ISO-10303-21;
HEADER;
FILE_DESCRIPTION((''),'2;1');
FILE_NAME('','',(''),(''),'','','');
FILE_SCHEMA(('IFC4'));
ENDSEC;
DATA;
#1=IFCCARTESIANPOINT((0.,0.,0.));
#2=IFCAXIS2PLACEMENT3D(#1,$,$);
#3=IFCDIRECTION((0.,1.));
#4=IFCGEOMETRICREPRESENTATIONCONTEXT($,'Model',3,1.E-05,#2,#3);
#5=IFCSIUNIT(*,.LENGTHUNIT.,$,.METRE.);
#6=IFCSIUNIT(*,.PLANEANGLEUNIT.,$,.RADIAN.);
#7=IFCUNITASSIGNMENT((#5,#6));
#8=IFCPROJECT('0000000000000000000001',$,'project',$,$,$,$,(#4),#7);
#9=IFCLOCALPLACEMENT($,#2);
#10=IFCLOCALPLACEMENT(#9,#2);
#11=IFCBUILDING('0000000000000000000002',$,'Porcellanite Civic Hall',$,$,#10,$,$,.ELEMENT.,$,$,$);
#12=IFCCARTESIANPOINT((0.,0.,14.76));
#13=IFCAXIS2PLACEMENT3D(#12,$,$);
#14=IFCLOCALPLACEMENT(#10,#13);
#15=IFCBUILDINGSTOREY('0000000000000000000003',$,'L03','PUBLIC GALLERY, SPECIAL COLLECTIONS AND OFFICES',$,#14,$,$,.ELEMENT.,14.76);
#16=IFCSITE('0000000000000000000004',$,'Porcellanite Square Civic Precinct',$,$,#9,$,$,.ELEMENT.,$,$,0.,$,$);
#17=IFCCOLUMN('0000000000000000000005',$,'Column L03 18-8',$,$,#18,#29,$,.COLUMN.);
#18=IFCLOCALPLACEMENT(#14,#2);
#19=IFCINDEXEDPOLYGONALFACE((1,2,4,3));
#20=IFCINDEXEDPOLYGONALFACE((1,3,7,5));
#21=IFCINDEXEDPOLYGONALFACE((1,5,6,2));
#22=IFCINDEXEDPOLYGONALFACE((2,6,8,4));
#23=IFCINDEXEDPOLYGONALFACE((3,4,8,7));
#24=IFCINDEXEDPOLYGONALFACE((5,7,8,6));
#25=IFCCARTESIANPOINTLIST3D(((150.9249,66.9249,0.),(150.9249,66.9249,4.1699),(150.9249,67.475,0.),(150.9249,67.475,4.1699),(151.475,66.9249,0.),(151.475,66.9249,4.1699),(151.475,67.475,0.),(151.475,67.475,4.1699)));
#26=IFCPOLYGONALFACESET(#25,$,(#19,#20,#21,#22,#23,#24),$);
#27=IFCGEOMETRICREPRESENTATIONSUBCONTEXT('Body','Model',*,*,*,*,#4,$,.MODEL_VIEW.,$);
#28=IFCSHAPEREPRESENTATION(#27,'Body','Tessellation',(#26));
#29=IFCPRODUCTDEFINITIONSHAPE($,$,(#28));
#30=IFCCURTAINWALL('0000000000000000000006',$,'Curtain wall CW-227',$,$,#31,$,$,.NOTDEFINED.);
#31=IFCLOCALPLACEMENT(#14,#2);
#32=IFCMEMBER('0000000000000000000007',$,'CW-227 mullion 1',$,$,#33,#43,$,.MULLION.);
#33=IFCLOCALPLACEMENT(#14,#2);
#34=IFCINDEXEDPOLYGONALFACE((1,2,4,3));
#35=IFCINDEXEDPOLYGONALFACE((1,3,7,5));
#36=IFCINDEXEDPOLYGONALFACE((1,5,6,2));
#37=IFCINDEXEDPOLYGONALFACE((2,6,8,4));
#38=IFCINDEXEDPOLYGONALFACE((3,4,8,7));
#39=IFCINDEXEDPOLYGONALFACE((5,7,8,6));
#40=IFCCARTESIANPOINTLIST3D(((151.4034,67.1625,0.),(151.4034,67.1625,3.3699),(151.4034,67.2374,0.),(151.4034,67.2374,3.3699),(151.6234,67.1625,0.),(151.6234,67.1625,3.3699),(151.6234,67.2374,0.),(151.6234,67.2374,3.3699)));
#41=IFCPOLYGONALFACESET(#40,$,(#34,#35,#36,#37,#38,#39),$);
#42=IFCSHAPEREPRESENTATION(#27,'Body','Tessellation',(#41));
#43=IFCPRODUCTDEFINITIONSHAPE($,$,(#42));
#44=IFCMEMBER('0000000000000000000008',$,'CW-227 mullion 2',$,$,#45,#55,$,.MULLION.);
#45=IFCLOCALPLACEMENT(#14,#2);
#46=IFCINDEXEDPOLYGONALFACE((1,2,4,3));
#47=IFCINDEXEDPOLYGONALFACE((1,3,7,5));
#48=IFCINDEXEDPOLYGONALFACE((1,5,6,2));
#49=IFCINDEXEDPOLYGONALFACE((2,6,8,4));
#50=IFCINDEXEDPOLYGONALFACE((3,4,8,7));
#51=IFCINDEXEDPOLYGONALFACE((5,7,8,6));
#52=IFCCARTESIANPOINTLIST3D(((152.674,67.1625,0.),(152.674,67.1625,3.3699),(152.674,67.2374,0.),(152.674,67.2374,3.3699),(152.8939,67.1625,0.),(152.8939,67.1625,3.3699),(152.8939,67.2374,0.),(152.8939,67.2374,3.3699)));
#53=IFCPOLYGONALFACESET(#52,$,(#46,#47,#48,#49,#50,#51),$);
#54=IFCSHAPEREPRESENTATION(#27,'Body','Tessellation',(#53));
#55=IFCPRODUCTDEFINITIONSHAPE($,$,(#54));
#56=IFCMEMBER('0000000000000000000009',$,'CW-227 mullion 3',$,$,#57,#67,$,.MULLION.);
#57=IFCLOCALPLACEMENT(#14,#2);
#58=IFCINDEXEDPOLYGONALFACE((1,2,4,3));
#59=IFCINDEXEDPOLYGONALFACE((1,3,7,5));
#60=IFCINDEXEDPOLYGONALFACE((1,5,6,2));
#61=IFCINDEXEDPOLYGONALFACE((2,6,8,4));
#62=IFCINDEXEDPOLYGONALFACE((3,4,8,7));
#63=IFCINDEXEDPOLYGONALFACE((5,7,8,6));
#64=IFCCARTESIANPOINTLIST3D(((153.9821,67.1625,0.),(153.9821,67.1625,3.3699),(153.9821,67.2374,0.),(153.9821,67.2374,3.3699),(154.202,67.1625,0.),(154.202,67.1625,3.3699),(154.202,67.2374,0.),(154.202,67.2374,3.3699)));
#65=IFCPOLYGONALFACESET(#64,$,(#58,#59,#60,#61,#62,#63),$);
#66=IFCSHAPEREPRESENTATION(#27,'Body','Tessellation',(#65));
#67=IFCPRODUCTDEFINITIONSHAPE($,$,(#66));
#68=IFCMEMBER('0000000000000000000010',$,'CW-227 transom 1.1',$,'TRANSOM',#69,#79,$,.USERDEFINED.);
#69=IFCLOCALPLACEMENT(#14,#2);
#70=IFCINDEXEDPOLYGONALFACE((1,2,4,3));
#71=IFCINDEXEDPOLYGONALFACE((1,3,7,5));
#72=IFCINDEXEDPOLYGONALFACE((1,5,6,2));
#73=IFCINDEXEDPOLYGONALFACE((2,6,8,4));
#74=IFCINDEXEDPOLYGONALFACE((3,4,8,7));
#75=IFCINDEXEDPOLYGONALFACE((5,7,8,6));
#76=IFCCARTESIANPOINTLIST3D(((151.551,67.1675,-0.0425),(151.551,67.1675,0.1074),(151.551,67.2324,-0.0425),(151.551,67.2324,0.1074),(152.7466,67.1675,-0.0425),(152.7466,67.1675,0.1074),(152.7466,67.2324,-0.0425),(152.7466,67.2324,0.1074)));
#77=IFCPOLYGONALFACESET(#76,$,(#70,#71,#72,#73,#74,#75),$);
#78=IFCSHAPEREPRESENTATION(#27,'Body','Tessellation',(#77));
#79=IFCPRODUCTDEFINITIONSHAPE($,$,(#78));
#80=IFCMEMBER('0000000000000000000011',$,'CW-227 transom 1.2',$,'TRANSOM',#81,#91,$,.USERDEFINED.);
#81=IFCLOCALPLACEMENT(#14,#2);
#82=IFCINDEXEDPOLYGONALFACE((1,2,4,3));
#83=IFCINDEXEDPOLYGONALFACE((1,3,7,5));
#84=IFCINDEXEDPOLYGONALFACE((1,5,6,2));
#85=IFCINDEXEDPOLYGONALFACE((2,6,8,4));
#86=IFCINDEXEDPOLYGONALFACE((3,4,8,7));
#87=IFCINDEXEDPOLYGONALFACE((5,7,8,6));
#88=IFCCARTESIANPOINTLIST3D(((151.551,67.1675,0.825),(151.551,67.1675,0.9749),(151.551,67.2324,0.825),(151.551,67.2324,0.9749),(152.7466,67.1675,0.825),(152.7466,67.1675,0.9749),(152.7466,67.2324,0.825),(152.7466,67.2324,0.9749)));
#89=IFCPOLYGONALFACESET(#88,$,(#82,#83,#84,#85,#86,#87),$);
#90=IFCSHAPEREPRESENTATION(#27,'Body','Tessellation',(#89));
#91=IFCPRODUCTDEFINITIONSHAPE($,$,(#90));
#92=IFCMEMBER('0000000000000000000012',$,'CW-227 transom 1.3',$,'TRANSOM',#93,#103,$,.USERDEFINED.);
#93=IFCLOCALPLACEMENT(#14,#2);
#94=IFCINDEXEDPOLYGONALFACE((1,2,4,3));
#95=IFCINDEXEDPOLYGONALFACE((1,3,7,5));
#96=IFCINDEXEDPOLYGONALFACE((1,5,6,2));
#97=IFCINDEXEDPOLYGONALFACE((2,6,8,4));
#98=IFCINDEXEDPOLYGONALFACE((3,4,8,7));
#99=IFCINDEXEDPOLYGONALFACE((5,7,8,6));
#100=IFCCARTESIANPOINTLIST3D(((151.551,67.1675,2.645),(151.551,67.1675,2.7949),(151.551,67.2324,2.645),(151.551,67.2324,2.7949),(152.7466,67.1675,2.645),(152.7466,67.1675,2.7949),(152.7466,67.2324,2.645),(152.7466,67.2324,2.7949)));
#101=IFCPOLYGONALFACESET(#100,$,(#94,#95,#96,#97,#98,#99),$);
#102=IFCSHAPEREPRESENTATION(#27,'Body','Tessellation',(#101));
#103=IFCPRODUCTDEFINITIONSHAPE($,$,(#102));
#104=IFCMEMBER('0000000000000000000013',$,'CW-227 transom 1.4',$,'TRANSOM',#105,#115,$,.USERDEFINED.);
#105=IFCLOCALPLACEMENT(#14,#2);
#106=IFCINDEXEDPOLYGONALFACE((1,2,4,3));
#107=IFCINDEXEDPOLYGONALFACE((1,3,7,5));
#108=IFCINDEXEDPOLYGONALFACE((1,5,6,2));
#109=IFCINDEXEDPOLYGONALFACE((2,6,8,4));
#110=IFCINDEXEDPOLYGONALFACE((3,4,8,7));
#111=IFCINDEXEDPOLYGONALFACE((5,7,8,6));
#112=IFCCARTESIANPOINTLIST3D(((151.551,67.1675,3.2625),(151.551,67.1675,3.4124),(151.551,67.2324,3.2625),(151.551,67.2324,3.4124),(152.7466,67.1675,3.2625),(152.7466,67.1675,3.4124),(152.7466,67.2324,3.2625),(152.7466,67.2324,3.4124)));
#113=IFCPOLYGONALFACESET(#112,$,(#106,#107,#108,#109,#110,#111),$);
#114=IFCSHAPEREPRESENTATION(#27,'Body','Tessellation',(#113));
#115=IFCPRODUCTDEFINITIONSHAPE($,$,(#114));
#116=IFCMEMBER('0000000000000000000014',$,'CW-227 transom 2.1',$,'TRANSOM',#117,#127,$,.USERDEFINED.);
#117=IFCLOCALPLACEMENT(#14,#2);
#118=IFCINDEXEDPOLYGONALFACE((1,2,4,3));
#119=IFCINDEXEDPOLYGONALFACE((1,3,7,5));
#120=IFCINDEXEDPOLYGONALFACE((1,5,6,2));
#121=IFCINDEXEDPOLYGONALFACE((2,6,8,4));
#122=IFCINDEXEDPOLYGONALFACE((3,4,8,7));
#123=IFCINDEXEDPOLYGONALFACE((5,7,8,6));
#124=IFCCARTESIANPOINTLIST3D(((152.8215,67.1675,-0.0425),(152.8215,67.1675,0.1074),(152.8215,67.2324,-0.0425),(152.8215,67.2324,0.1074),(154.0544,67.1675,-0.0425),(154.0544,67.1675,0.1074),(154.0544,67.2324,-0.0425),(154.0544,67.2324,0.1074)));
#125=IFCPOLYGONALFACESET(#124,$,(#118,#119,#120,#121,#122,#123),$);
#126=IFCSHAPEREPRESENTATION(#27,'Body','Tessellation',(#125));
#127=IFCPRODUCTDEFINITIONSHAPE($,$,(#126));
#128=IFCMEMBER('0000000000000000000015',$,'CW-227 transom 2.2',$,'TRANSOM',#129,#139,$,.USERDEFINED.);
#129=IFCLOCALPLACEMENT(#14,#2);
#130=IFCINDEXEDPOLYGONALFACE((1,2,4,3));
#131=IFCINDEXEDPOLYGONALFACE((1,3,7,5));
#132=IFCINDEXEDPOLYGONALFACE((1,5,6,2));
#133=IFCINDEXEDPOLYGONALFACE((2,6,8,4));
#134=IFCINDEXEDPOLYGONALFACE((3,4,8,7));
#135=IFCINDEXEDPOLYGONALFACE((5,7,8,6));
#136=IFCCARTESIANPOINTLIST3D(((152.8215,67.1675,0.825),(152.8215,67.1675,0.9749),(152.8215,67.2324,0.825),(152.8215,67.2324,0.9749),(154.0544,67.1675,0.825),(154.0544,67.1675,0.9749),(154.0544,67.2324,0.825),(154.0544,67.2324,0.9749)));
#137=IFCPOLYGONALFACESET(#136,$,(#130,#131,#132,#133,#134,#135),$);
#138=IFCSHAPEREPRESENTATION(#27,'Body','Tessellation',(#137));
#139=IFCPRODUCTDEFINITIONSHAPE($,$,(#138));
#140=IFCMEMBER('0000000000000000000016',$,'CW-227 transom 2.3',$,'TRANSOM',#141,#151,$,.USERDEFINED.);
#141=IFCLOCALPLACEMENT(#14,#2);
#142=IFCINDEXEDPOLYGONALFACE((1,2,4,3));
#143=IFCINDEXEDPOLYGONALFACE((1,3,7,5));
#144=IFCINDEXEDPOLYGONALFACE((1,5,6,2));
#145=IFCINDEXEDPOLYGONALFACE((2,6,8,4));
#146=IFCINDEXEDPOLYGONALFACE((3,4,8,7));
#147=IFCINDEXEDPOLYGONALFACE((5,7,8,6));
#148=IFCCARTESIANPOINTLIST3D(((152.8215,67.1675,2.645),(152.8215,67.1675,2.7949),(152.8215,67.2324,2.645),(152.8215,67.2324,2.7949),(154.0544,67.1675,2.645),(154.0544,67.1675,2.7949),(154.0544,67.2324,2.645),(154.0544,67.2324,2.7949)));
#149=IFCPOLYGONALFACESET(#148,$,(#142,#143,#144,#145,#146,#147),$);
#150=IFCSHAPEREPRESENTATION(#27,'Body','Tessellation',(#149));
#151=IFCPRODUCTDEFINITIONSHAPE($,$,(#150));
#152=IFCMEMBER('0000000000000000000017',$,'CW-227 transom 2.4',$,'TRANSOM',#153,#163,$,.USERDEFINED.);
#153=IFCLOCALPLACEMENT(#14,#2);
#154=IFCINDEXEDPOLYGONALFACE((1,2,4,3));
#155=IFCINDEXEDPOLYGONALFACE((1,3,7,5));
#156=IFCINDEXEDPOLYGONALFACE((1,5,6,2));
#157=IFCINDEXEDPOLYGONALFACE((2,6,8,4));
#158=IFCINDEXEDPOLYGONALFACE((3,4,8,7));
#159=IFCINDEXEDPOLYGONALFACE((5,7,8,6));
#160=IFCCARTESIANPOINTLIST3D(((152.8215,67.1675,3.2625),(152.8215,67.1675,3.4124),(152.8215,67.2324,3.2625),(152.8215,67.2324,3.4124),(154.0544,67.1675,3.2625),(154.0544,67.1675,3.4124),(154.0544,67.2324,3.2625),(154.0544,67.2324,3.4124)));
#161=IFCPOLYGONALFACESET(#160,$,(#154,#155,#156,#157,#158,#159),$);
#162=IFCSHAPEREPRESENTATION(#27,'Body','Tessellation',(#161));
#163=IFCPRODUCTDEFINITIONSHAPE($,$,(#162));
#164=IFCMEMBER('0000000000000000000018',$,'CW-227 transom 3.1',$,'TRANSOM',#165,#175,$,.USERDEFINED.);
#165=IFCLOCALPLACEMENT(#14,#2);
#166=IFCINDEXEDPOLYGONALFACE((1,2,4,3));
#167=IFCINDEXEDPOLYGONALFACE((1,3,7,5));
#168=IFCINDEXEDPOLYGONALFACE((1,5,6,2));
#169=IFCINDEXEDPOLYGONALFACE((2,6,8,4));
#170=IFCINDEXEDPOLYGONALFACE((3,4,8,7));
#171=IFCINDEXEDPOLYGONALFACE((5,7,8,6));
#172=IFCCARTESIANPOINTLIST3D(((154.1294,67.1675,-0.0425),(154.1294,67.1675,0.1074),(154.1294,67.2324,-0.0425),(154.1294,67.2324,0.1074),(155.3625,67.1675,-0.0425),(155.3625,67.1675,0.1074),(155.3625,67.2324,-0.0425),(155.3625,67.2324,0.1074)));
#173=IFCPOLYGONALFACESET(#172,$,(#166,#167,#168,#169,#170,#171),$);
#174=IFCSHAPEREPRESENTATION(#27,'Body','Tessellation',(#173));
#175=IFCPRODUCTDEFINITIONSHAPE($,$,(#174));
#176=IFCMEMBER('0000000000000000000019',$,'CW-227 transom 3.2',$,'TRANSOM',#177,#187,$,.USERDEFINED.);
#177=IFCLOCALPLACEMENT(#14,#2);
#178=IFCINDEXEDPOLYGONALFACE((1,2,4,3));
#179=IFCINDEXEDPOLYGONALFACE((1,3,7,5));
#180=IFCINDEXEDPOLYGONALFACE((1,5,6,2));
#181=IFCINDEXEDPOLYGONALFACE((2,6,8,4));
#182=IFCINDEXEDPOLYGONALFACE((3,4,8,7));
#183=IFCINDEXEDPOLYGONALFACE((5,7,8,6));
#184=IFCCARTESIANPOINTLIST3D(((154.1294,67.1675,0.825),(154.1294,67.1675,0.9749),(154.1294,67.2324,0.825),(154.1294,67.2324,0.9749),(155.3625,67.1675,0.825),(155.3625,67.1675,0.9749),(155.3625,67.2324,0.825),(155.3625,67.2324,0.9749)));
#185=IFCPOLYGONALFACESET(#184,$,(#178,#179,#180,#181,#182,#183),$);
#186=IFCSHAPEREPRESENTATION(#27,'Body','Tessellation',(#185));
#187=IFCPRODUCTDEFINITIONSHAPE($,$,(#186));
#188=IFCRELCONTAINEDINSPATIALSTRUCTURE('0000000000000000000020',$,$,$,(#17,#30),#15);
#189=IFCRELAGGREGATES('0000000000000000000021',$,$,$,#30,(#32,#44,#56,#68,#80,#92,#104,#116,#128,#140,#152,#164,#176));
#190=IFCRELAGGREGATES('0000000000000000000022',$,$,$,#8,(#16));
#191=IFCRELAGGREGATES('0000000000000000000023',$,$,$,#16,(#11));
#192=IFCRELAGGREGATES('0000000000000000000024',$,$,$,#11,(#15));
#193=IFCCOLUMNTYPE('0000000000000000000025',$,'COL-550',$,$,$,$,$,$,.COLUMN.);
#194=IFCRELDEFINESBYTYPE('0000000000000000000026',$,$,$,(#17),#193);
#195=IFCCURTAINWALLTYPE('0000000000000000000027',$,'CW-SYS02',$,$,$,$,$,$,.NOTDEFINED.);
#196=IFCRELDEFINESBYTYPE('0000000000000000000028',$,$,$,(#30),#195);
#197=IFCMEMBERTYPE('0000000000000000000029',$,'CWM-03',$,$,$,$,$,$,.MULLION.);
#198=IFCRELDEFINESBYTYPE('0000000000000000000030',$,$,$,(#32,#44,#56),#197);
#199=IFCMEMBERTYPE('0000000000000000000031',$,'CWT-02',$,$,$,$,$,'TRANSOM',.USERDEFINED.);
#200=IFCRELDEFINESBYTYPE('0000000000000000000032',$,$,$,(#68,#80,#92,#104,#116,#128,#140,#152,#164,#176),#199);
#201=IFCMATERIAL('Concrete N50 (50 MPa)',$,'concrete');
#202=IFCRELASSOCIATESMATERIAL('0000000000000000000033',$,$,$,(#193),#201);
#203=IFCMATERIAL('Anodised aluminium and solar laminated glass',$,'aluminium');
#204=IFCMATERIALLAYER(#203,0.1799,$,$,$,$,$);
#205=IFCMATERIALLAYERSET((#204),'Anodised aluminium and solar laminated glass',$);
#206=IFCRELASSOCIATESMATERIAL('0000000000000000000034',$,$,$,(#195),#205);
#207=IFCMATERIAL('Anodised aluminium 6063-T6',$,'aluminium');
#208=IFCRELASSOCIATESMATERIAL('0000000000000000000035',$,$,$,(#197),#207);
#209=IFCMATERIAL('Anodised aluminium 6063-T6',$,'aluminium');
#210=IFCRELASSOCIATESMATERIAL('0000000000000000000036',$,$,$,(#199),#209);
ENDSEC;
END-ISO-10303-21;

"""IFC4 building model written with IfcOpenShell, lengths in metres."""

from ifc_helpers import new_model, si_unit, direction, frame, origin, origin_2d, place, context, subcontext, project, spatial, rectangle, extrude, material, layer, layer_set, material_profile, profile_set, type_object, element, aggregate, save


model = new_model("IFC4")

# Units and contexts
model_context = context("Model", 3, precision=1e-05, world=origin(), true_north=direction((0.0, 1.0)))
body_context = subcontext(model_context, "Body", "Model", "MODEL_VIEW")
ifc_project = project(units=[si_unit("LENGTHUNIT", "METRE"), si_unit("PLANEANGLEUNIT", "RADIAN")], contexts=[model_context])

# Site, building, storey
site_placement = place(None, origin())
site = spatial("IfcSite", under=ifc_project, at=site_placement, Name="Porcellanite Square Civic Precinct", CompositionType="ELEMENT", RefElevation=0.0)
building_placement = place(site_placement, origin())
building = spatial("IfcBuilding", under=site, at=building_placement, Name="Porcellanite Civic Hall", CompositionType="ELEMENT")
storey_placement = place(building_placement, frame((0.0, 0.0, 14.76)))
storey = spatial("IfcBuildingStorey", under=building, at=storey_placement, Name="L03", Description="PUBLIC GALLERY, SPECIAL COLLECTIONS AND OFFICES", CompositionType="ELEMENT", Elevation=14.76)

# Column
ifc_material_1 = material(Name="Concrete N50 (50 MPa)", Category="concrete")
ifc_material_profile_1 = material_profile(ifc_material_1, rectangle(XDim=0.55, YDim=0.55, at=origin_2d()), Name="RC-550x550")
ifc_profile_set_1 = profile_set([ifc_material_profile_1], Name="Concrete N50 (50 MPa)")
column_type = type_object("IfcColumnType", Name="COL-550", PredefinedType="COLUMN", material=ifc_profile_set_1)
column_placement = place(storey_placement, frame((151.2, 67.2, 0.0), z_axis=(0.0, 0.0, 1.0), x_axis=(1.0, 0.0, 0.0)))
element("IfcColumn", 1, at=column_placement, inside=storey, type_object=column_type, Name="Column L03 18-8", PredefinedType="COLUMN", context=body_context, shape_type="SweptSolid", body=[
    extrude(rectangle(XDim=0.55, YDim=0.55, at=origin_2d()), origin(), (0.0, 0.0, 1.0), 4.1699),
])

# Curtain wall, members
ifc_material_2 = material(Name="Anodised aluminium and solar laminated glass", Category="aluminium")
ifc_layer_1 = layer(ifc_material_2, 0.1799)
ifc_layer_set_1 = layer_set([ifc_layer_1], Name="Anodised aluminium and solar laminated glass")
curtain_wall_type = type_object("IfcCurtainWallType", Name="CW-SYS02", PredefinedType="NOTDEFINED", material=ifc_layer_set_1)
curtain_wall_placement = place(storey_placement, origin())
curtain_wall = element("IfcCurtainWall", 2, at=curtain_wall_placement, inside=storey, type_object=curtain_wall_type, Name="Curtain wall CW-227", PredefinedType="NOTDEFINED")
ifc_material_3 = material(Name="Anodised aluminium 6063-T6", Category="aluminium")
ifc_material_profile_2 = material_profile(ifc_material_3, rectangle(XDim=0.075, YDim=0.22, at=origin_2d()), Name="AL-75x220")
ifc_profile_set_2 = profile_set([ifc_material_profile_2], Name="Anodised aluminium 6063-T6")
member_type_1 = type_object("IfcMemberType", Name="CWM-03", PredefinedType="MULLION", material=ifc_profile_set_2)
member_1_placement = place(storey_placement, frame((151.5134, 67.2, 0.0), z_axis=(0.0, 0.0, 1.0), x_axis=(0.0, 1.0, 0.0)))
member_1 = element("IfcMember", 3, at=member_1_placement, type_object=member_type_1, Name="CW-227 mullion 1", PredefinedType="MULLION", context=body_context, shape_type="SweptSolid", body=[
    extrude(rectangle(XDim=0.075, YDim=0.22, at=origin_2d()), origin(), (0.0, 0.0, 1.0), 3.3699),
])
member_2_placement = place(storey_placement, frame((152.7839, 67.2, 0.0), z_axis=(0.0, 0.0, 1.0), x_axis=(0.0, 1.0, 0.0)))
member_2 = element("IfcMember", 4, at=member_2_placement, type_object=member_type_1, Name="CW-227 mullion 2", PredefinedType="MULLION", context=body_context, shape_type="SweptSolid", body=[
    extrude(rectangle(XDim=0.075, YDim=0.22, at=origin_2d()), origin(), (0.0, 0.0, 1.0), 3.3699),
])
member_3_placement = place(storey_placement, frame((154.092, 67.2, 0.0), z_axis=(0.0, 0.0, 1.0), x_axis=(0.0, 1.0, 0.0)))
member_3 = element("IfcMember", 5, at=member_3_placement, type_object=member_type_1, Name="CW-227 mullion 3", PredefinedType="MULLION", context=body_context, shape_type="SweptSolid", body=[
    extrude(rectangle(XDim=0.075, YDim=0.22, at=origin_2d()), origin(), (0.0, 0.0, 1.0), 3.3699),
])
ifc_material_4 = material(Name="Anodised aluminium 6063-T6", Category="aluminium")
ifc_material_profile_3 = material_profile(ifc_material_4, rectangle(XDim=0.0649, YDim=0.1499, at=origin_2d()), Name="AL-65x150")
ifc_profile_set_3 = profile_set([ifc_material_profile_3], Name="Anodised aluminium 6063-T6")
member_type_2 = type_object("IfcMemberType", Name="CWT-02", ElementType="TRANSOM", PredefinedType="USERDEFINED", material=ifc_profile_set_3)
member_4_placement = place(storey_placement, frame((151.551, 67.2, 0.0325), z_axis=(1.0, 0.0, 0.0), x_axis=(0.0, 1.0, 0.0)))
member_4 = element("IfcMember", 6, at=member_4_placement, type_object=member_type_2, Name="CW-227 transom 1.1", ObjectType="TRANSOM", PredefinedType="USERDEFINED", context=body_context, shape_type="SweptSolid", body=[
    extrude(rectangle(XDim=0.0649, YDim=0.1499, at=origin_2d()), origin(), (0.0, 0.0, 1.0), 1.1956),
])
member_5_placement = place(storey_placement, frame((151.551, 67.2, 0.8999), z_axis=(1.0, 0.0, 0.0), x_axis=(0.0, 1.0, 0.0)))
member_5 = element("IfcMember", 7, at=member_5_placement, type_object=member_type_2, Name="CW-227 transom 1.2", ObjectType="TRANSOM", PredefinedType="USERDEFINED", context=body_context, shape_type="SweptSolid", body=[
    extrude(rectangle(XDim=0.0649, YDim=0.1499, at=origin_2d()), origin(), (0.0, 0.0, 1.0), 1.1956),
])
member_6_placement = place(storey_placement, frame((151.551, 67.2, 2.72), z_axis=(1.0, 0.0, 0.0), x_axis=(0.0, 1.0, 0.0)))
member_6 = element("IfcMember", 8, at=member_6_placement, type_object=member_type_2, Name="CW-227 transom 1.3", ObjectType="TRANSOM", PredefinedType="USERDEFINED", context=body_context, shape_type="SweptSolid", body=[
    extrude(rectangle(XDim=0.0649, YDim=0.1499, at=origin_2d()), origin(), (0.0, 0.0, 1.0), 1.1956),
])
member_7_placement = place(storey_placement, frame((151.551, 67.2, 3.3374), z_axis=(1.0, 0.0, 0.0), x_axis=(0.0, 1.0, 0.0)))
member_7 = element("IfcMember", 9, at=member_7_placement, type_object=member_type_2, Name="CW-227 transom 1.4", ObjectType="TRANSOM", PredefinedType="USERDEFINED", context=body_context, shape_type="SweptSolid", body=[
    extrude(rectangle(XDim=0.0649, YDim=0.1499, at=origin_2d()), origin(), (0.0, 0.0, 1.0), 1.1956),
])
member_8_placement = place(storey_placement, frame((152.8215, 67.2, 0.0325), z_axis=(1.0, 0.0, 0.0), x_axis=(0.0, 1.0, 0.0)))
member_8 = element("IfcMember", 10, at=member_8_placement, type_object=member_type_2, Name="CW-227 transom 2.1", ObjectType="TRANSOM", PredefinedType="USERDEFINED", context=body_context, shape_type="SweptSolid", body=[
    extrude(rectangle(XDim=0.0649, YDim=0.1499, at=origin_2d()), origin(), (0.0, 0.0, 1.0), 1.2329),
])
member_9_placement = place(storey_placement, frame((152.8215, 67.2, 0.8999), z_axis=(1.0, 0.0, 0.0), x_axis=(0.0, 1.0, 0.0)))
member_9 = element("IfcMember", 11, at=member_9_placement, type_object=member_type_2, Name="CW-227 transom 2.2", ObjectType="TRANSOM", PredefinedType="USERDEFINED", context=body_context, shape_type="SweptSolid", body=[
    extrude(rectangle(XDim=0.0649, YDim=0.1499, at=origin_2d()), origin(), (0.0, 0.0, 1.0), 1.2329),
])
member_10_placement = place(storey_placement, frame((152.8215, 67.2, 2.72), z_axis=(1.0, 0.0, 0.0), x_axis=(0.0, 1.0, 0.0)))
member_10 = element("IfcMember", 12, at=member_10_placement, type_object=member_type_2, Name="CW-227 transom 2.3", ObjectType="TRANSOM", PredefinedType="USERDEFINED", context=body_context, shape_type="SweptSolid", body=[
    extrude(rectangle(XDim=0.0649, YDim=0.1499, at=origin_2d()), origin(), (0.0, 0.0, 1.0), 1.2329),
])
member_11_placement = place(storey_placement, frame((152.8215, 67.2, 3.3374), z_axis=(1.0, 0.0, 0.0), x_axis=(0.0, 1.0, 0.0)))
member_11 = element("IfcMember", 13, at=member_11_placement, type_object=member_type_2, Name="CW-227 transom 2.4", ObjectType="TRANSOM", PredefinedType="USERDEFINED", context=body_context, shape_type="SweptSolid", body=[
    extrude(rectangle(XDim=0.0649, YDim=0.1499, at=origin_2d()), origin(), (0.0, 0.0, 1.0), 1.2329),
])
member_12_placement = place(storey_placement, frame((154.1294, 67.2, 0.0325), z_axis=(1.0, 0.0, 0.0), x_axis=(0.0, 1.0, 0.0)))
member_12 = element("IfcMember", 14, at=member_12_placement, type_object=member_type_2, Name="CW-227 transom 3.1", ObjectType="TRANSOM", PredefinedType="USERDEFINED", context=body_context, shape_type="SweptSolid", body=[
    extrude(rectangle(XDim=0.0649, YDim=0.1499, at=origin_2d()), origin(), (0.0, 0.0, 1.0), 1.2332),
])
member_13_placement = place(storey_placement, frame((154.1294, 67.2, 0.8999), z_axis=(1.0, 0.0, 0.0), x_axis=(0.0, 1.0, 0.0)))
member_13 = element("IfcMember", 15, at=member_13_placement, type_object=member_type_2, Name="CW-227 transom 3.2", ObjectType="TRANSOM", PredefinedType="USERDEFINED", context=body_context, shape_type="SweptSolid", body=[
    extrude(rectangle(XDim=0.0649, YDim=0.1499, at=origin_2d()), origin(), (0.0, 0.0, 1.0), 1.2332),
])
aggregate(curtain_wall, [member_1, member_2, member_3, member_4, member_5, member_6, member_7, member_8, member_9, member_10, member_11, member_12, member_13])

save(model, "model.ifc")
